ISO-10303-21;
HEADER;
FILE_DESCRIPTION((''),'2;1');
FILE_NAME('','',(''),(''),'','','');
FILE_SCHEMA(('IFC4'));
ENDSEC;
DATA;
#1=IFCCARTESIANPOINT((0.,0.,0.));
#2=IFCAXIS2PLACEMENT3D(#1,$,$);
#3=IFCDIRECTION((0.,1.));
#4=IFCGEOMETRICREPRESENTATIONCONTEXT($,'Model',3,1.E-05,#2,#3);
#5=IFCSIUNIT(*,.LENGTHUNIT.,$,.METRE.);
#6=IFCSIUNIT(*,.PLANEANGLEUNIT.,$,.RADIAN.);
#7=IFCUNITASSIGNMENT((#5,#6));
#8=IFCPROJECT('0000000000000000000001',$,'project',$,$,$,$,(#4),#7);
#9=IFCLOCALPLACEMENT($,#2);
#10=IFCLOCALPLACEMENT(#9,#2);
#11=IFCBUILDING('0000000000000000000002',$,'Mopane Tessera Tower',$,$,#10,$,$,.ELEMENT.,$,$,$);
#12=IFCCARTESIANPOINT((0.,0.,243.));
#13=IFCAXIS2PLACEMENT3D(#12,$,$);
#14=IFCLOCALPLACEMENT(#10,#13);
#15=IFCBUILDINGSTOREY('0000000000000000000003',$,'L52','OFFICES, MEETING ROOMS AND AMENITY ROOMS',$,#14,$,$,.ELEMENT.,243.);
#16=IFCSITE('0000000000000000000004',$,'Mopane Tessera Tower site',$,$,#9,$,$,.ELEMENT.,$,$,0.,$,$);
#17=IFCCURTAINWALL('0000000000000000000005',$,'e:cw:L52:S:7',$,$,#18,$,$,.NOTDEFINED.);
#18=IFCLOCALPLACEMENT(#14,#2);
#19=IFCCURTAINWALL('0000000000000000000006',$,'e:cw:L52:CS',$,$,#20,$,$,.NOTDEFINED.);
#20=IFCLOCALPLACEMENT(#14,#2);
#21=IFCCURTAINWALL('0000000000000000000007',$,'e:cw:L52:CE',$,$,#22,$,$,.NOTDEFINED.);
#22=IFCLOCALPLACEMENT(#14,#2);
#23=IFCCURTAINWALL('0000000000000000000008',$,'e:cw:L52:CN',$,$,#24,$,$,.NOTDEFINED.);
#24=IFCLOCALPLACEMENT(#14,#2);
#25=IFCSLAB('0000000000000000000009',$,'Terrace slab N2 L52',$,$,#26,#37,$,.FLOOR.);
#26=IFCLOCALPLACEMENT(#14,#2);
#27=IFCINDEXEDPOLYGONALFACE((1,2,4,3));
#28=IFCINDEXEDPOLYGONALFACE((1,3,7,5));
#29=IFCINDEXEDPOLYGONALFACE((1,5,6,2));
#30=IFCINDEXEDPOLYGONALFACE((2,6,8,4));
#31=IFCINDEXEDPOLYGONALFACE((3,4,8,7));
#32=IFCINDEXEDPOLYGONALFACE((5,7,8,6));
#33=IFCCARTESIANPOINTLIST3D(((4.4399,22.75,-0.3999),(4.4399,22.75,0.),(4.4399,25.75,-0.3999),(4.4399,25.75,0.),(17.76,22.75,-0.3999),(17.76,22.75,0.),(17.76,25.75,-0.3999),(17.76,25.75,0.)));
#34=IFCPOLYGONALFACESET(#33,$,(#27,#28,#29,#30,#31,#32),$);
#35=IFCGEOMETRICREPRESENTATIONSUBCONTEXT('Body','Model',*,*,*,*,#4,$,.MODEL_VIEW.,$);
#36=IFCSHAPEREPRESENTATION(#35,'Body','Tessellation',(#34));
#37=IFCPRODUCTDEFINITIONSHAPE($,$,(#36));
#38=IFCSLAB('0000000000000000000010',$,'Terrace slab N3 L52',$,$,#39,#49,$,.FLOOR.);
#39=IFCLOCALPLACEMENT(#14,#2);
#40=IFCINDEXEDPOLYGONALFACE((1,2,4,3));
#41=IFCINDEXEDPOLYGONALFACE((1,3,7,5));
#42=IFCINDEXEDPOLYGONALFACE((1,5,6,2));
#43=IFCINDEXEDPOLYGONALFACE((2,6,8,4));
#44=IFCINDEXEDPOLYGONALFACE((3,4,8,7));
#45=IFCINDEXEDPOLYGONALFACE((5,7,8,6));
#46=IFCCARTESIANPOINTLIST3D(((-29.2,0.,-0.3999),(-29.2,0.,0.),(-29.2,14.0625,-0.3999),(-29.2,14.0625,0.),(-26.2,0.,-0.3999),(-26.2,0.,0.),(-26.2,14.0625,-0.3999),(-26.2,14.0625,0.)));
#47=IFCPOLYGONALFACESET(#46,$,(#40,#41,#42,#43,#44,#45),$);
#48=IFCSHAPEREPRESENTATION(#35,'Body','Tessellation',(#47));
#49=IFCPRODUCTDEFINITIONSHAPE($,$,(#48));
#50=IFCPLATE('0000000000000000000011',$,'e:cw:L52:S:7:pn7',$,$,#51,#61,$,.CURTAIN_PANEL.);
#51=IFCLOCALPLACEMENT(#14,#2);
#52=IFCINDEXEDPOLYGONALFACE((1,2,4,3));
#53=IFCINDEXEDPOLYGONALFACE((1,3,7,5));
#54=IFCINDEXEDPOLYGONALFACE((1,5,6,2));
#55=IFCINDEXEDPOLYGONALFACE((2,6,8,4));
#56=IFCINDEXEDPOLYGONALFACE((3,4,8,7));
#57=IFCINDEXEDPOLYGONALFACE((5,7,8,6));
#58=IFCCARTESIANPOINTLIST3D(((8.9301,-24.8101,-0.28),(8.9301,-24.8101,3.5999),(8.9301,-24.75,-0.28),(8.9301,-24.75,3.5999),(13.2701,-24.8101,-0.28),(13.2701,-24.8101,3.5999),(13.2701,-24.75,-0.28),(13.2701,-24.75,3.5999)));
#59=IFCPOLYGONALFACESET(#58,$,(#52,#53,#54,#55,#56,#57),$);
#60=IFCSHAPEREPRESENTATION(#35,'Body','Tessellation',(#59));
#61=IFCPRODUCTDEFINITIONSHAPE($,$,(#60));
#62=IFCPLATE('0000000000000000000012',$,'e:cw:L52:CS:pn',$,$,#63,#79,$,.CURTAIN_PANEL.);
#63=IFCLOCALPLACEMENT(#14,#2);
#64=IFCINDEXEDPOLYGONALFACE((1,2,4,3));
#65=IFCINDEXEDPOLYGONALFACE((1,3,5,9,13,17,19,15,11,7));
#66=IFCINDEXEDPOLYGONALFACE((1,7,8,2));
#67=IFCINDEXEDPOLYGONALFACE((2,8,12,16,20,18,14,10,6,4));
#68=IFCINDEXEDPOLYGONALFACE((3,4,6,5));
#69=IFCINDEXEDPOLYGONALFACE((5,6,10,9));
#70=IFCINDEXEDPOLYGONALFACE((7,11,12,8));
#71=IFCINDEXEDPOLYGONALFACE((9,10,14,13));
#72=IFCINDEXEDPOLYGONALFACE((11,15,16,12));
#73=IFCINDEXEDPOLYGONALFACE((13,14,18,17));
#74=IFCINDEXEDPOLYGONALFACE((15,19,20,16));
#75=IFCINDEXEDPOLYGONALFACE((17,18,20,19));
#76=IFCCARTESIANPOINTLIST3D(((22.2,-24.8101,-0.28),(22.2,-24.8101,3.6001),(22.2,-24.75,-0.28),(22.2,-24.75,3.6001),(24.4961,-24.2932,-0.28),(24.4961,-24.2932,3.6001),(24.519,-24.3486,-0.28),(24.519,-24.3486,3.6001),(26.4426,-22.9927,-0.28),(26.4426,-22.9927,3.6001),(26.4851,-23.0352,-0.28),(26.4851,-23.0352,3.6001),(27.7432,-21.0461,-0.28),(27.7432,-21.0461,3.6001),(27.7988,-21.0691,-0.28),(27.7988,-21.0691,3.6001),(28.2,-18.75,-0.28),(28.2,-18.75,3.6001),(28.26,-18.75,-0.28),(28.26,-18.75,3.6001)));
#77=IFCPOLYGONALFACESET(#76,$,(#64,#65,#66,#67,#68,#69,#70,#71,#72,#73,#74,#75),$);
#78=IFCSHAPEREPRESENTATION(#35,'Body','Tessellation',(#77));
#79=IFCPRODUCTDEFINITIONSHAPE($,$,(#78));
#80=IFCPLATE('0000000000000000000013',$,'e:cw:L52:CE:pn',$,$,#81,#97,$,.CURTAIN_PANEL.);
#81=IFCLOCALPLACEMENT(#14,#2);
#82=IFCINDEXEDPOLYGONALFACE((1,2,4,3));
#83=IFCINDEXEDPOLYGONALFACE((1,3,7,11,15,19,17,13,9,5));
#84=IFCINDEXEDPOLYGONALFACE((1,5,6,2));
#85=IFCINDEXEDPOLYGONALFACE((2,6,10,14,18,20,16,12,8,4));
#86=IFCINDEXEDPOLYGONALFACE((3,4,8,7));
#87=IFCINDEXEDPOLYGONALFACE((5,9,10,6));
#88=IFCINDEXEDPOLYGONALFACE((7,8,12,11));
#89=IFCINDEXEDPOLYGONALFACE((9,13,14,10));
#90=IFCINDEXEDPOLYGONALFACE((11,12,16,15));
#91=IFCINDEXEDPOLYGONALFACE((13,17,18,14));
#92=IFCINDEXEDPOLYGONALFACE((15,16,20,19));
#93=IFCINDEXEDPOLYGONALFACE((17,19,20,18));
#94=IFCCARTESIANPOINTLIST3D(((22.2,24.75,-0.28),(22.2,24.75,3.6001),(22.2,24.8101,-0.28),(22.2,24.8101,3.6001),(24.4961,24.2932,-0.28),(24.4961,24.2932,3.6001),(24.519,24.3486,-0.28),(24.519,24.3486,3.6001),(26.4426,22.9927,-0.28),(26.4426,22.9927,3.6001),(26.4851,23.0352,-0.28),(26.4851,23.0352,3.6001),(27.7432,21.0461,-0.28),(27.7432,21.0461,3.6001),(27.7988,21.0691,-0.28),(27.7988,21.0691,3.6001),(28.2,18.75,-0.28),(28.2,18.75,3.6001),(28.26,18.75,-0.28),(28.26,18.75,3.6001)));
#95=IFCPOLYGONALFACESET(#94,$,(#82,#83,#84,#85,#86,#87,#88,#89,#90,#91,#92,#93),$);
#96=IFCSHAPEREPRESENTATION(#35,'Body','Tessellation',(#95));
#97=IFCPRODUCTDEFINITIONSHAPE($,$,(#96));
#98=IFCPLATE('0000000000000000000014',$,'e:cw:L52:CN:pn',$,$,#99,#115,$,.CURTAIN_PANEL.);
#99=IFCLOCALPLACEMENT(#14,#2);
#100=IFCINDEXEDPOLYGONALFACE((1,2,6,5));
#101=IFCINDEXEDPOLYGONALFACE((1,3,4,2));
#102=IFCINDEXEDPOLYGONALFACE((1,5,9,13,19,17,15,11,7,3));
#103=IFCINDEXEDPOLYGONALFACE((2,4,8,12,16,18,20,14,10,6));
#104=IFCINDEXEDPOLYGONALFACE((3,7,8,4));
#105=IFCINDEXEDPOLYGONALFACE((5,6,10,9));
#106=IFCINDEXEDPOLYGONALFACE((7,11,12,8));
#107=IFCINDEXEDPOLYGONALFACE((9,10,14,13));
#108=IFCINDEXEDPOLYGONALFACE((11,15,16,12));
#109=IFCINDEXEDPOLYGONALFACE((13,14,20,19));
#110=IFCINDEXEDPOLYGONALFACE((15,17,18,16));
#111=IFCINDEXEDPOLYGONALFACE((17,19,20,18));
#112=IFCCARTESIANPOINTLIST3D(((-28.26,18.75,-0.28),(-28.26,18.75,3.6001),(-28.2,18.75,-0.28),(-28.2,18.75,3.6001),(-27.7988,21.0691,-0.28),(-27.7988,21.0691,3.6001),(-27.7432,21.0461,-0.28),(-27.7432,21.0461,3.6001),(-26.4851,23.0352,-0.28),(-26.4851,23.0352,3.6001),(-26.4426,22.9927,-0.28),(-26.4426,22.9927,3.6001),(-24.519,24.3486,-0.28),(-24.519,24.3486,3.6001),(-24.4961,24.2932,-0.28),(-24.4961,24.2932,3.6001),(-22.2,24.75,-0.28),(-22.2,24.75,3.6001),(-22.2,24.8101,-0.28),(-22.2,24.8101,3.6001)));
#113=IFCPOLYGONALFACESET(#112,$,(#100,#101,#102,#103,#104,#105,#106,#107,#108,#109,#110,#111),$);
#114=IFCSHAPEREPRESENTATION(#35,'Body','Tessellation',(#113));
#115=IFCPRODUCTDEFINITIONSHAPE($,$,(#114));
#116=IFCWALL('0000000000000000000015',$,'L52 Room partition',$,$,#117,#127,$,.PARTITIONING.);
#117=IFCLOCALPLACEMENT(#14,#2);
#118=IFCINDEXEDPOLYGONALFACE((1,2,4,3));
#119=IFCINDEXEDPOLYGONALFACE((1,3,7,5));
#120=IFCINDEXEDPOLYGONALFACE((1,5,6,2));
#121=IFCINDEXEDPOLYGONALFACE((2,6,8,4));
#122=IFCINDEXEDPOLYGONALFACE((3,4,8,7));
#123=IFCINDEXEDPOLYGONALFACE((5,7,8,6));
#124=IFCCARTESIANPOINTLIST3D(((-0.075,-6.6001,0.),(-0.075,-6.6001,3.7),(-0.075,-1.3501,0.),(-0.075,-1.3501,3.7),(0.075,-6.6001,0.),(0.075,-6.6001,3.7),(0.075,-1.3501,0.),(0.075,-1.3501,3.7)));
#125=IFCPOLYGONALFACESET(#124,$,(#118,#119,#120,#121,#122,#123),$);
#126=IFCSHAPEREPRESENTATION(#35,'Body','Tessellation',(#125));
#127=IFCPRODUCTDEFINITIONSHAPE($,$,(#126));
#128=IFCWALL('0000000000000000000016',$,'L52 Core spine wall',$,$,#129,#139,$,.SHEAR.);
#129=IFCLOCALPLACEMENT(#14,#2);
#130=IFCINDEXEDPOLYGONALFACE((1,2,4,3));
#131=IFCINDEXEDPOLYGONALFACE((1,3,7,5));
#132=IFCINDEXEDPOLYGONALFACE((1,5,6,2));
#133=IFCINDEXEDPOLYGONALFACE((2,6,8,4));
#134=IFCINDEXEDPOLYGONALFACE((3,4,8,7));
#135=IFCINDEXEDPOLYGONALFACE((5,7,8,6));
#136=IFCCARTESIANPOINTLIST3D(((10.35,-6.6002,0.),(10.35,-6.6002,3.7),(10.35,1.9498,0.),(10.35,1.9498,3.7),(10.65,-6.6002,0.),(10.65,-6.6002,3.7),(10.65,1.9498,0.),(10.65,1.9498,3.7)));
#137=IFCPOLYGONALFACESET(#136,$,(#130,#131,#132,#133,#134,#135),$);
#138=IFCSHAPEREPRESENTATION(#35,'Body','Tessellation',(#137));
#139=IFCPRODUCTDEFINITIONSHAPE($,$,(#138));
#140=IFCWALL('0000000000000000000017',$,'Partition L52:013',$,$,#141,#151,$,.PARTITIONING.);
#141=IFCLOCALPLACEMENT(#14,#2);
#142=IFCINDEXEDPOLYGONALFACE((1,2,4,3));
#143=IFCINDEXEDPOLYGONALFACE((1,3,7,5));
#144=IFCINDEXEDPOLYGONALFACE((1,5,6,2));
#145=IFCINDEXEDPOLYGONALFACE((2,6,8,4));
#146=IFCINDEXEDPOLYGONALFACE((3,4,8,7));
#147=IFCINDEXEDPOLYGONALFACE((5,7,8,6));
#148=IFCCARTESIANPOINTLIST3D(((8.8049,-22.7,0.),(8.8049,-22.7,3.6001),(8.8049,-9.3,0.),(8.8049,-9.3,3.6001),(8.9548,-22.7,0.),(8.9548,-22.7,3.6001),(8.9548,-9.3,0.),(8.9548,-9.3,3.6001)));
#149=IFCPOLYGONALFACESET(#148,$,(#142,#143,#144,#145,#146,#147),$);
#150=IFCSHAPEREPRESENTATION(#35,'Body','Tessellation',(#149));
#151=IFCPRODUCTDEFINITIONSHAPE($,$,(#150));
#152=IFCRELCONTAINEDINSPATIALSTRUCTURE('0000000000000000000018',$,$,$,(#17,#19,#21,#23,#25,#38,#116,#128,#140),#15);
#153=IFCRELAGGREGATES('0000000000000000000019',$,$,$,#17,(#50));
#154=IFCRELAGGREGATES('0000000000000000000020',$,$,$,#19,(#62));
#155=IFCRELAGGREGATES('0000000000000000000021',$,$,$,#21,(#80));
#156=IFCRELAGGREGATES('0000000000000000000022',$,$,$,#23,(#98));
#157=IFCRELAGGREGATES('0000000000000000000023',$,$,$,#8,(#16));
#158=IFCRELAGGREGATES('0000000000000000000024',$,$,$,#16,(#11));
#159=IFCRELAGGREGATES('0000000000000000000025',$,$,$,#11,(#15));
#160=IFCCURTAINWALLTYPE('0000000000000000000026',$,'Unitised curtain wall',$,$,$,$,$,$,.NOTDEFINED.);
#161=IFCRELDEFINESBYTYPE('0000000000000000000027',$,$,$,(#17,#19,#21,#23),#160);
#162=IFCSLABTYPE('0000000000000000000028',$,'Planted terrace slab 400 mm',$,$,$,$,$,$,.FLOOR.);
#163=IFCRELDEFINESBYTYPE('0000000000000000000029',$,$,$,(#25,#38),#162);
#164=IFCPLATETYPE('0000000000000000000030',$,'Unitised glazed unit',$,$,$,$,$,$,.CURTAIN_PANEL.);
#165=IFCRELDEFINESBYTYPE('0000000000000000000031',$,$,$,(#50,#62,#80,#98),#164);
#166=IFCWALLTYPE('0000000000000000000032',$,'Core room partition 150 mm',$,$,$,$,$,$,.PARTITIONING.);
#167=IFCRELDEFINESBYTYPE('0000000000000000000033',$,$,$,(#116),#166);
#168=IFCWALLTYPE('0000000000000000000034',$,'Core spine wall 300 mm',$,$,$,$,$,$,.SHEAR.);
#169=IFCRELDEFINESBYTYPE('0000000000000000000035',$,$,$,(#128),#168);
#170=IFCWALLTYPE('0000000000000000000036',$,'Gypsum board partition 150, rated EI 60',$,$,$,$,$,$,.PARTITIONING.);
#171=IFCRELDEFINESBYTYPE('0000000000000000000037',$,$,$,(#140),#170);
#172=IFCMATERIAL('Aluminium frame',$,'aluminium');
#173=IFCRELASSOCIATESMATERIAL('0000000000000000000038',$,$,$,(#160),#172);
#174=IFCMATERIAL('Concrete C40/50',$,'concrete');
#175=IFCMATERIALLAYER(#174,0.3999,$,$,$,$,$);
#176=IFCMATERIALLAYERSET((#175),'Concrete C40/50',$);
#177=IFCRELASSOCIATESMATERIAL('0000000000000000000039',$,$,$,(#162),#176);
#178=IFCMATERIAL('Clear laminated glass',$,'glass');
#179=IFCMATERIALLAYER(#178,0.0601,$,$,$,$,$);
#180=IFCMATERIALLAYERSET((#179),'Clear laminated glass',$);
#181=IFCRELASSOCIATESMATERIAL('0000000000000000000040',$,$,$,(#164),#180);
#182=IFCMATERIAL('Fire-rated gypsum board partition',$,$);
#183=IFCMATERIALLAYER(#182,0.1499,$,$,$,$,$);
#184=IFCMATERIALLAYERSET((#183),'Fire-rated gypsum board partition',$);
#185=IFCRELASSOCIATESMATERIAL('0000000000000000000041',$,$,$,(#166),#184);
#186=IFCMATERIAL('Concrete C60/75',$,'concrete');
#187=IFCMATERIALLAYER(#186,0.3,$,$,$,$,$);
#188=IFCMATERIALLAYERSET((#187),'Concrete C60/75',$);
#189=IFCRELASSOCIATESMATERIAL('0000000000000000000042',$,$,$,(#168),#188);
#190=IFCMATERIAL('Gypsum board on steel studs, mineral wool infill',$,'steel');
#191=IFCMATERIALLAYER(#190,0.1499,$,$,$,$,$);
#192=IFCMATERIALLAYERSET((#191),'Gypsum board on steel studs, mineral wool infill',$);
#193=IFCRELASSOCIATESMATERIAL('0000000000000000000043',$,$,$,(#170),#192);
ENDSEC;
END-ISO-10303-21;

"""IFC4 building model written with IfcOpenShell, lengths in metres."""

from ifc_helpers import new_model, si_unit, direction, frame, frame_2d, origin, origin_2d, place, context, subcontext, project, spatial, polyline, rectangle, outline, extrude, material, layer, layer_set, type_object, element, aggregate, save


model = new_model("IFC4")

# Units and contexts
model_context = context("Model", 3, precision=1e-05, world=origin(), true_north=direction((0.0, 1.0)))
body_context = subcontext(model_context, "Body", "Model", "MODEL_VIEW")
ifc_project = project(units=[si_unit("LENGTHUNIT", "METRE"), si_unit("PLANEANGLEUNIT", "RADIAN")], contexts=[model_context])

# Site, building, storey
site_placement = place(None, origin())
site = spatial("IfcSite", under=ifc_project, at=site_placement, Name="Mopane Tessera Tower site", CompositionType="ELEMENT", RefElevation=0.0)
building_placement = place(site_placement, origin())
building = spatial("IfcBuilding", under=site, at=building_placement, Name="Mopane Tessera Tower", CompositionType="ELEMENT")
storey_placement = place(building_placement, frame((0.0, 0.0, 243.0)))
storey = spatial("IfcBuildingStorey", under=building, at=storey_placement, Name="L52", Description="OFFICES, MEETING ROOMS AND AMENITY ROOMS", CompositionType="ELEMENT", Elevation=243.0)

# Curtain wall
ifc_material_1 = material(Name="Aluminium frame", Category="aluminium")
curtain_wall_type = type_object("IfcCurtainWallType", Name="Unitised curtain wall", PredefinedType="NOTDEFINED", material=ifc_material_1)
curtain_wall_1_placement = place(storey_placement, origin())
curtain_wall_1 = element("IfcCurtainWall", 1, at=curtain_wall_1_placement, inside=storey, type_object=curtain_wall_type, Name="e:cw:L52:S:7", PredefinedType="NOTDEFINED")

# Curtain walls
curtain_wall_2_placement = place(storey_placement, origin())
curtain_wall_2 = element("IfcCurtainWall", 2, at=curtain_wall_2_placement, inside=storey, type_object=curtain_wall_type, Name="e:cw:L52:CS", PredefinedType="NOTDEFINED")
curtain_wall_3_placement = place(storey_placement, origin())
curtain_wall_3 = element("IfcCurtainWall", 3, at=curtain_wall_3_placement, inside=storey, type_object=curtain_wall_type, Name="e:cw:L52:CE", PredefinedType="NOTDEFINED")
curtain_wall_4_placement = place(storey_placement, origin())
curtain_wall_4 = element("IfcCurtainWall", 4, at=curtain_wall_4_placement, inside=storey, type_object=curtain_wall_type, Name="e:cw:L52:CN", PredefinedType="NOTDEFINED")

# Slabs
ifc_material_2 = material(Name="Concrete C40/50", Category="concrete")
ifc_layer_1 = layer(ifc_material_2, 0.3999)
ifc_layer_set_1 = layer_set([ifc_layer_1], Name="Concrete C40/50")
slab_type = type_object("IfcSlabType", Name="Planted terrace slab 400 mm", PredefinedType="FLOOR", material=ifc_layer_set_1)
slab_1_placement = place(storey_placement, frame((0.0, 0.0, -0.3999)))
element("IfcSlab", 5, at=slab_1_placement, inside=storey, type_object=slab_type, Name="Terrace slab N2 L52", PredefinedType="FLOOR", context=body_context, shape_type="SweptSolid", body=[
    extrude(outline(polyline([(4.4399, 25.75), (4.4399, 22.75), (17.76, 22.75), (17.76, 25.75), (4.4399, 25.75)])), origin(), (0.0, 0.0, 1.0), 0.3999),
])
slab_2_placement = place(storey_placement, frame((0.0, 0.0, -0.3999)))
element("IfcSlab", 6, at=slab_2_placement, inside=storey, type_object=slab_type, Name="Terrace slab N3 L52", PredefinedType="FLOOR", context=body_context, shape_type="SweptSolid", body=[
    extrude(outline(polyline([(-29.2, 0.0), (-26.2, 0.0), (-26.2, 14.0625), (-29.2, 14.0625), (-29.2, 0.0)])), origin(), (0.0, 0.0, 1.0), 0.3999),
])

# Plates
ifc_material_3 = material(Name="Clear laminated glass", Category="glass")
ifc_layer_2 = layer(ifc_material_3, 0.0601)
ifc_layer_set_2 = layer_set([ifc_layer_2], Name="Clear laminated glass")
plate_type = type_object("IfcPlateType", Name="Unitised glazed unit", PredefinedType="CURTAIN_PANEL", material=ifc_layer_set_2)
plate_1_placement = place(storey_placement, frame((11.1001, -24.78, -0.28), z_axis=(0.0, 0.0, 1.0), x_axis=(1.0, 0.0, 0.0)))
plate_1 = element("IfcPlate", 7, at=plate_1_placement, type_object=plate_type, Name="e:cw:L52:S:7:pn7", PredefinedType="CURTAIN_PANEL", context=body_context, shape_type="SweptSolid", body=[
    extrude(rectangle(XDim=4.3401, YDim=0.0601, at=origin_2d()), origin(), (0.0, 0.0, 1.0), 3.8799),
])
aggregate(curtain_wall_1, [plate_1])
plate_2_placement = place(storey_placement, frame((0.0, 0.0, -0.28)))
plate_2 = element("IfcPlate", 8, at=plate_2_placement, type_object=plate_type, Name="e:cw:L52:CS:pn", PredefinedType="CURTAIN_PANEL", context=body_context, shape_type="SweptSolid", body=[
    extrude(outline(polyline([(22.2, -24.75), (24.4961, -24.2932), (26.4426, -22.9927), (27.7432, -21.0461), (28.2, -18.75), (28.26, -18.75), (27.7988, -21.0691), (26.4851, -23.0352), (24.519, -24.3486), (22.2, -24.8101), (22.2, -24.75)])), origin(), (0.0, 0.0, 1.0), 3.8801),
])
aggregate(curtain_wall_2, [plate_2])
plate_3_placement = place(storey_placement, frame((0.0, 0.0, -0.28)))
plate_3 = element("IfcPlate", 9, at=plate_3_placement, type_object=plate_type, Name="e:cw:L52:CE:pn", PredefinedType="CURTAIN_PANEL", context=body_context, shape_type="SweptSolid", body=[
    extrude(outline(polyline([(28.2, 18.75), (27.7432, 21.0461), (26.4426, 22.9927), (24.4961, 24.2932), (22.2, 24.75), (22.2, 24.8101), (24.519, 24.3486), (26.4851, 23.0352), (27.7988, 21.0691), (28.26, 18.75), (28.2, 18.75)])), origin(), (0.0, 0.0, 1.0), 3.8801),
])
aggregate(curtain_wall_3, [plate_3])
plate_4_placement = place(storey_placement, frame((0.0, 0.0, -0.28)))
plate_4 = element("IfcPlate", 10, at=plate_4_placement, type_object=plate_type, Name="e:cw:L52:CN:pn", PredefinedType="CURTAIN_PANEL", context=body_context, shape_type="SweptSolid", body=[
    extrude(outline(polyline([(-22.2, 24.75), (-24.4961, 24.2932), (-26.4426, 22.9927), (-27.7432, 21.0461), (-28.2, 18.75), (-28.26, 18.75), (-27.7988, 21.0691), (-26.4851, 23.0352), (-24.519, 24.3486), (-22.2, 24.8101), (-22.2, 24.75)])), origin(), (0.0, 0.0, 1.0), 3.8801),
])
aggregate(curtain_wall_4, [plate_4])

# Walls
ifc_material_4 = material(Name="Fire-rated gypsum board partition")
ifc_layer_3 = layer(ifc_material_4, 0.1499)
ifc_layer_set_3 = layer_set([ifc_layer_3], Name="Fire-rated gypsum board partition")
wall_type_1 = type_object("IfcWallType", Name="Core room partition 150 mm", PredefinedType="PARTITIONING", material=ifc_layer_set_3)
wall_1_placement = place(storey_placement, frame((0.0, -6.6001, 0.0), z_axis=(0.0, 0.0, 1.0), x_axis=(0.0, 1.0, 0.0)))
element("IfcWall", 11, at=wall_1_placement, inside=storey, type_object=wall_type_1, Name="L52 Room partition", PredefinedType="PARTITIONING", context=body_context, shape_type="SweptSolid", body=[
    extrude(rectangle(XDim=5.25, YDim=0.1499, at=frame_2d((2.625, 0.0))), origin(), (0.0, 0.0, 1.0), 3.7),
])
ifc_material_5 = material(Name="Concrete C60/75", Category="concrete")
ifc_layer_4 = layer(ifc_material_5, 0.3)
ifc_layer_set_4 = layer_set([ifc_layer_4], Name="Concrete C60/75")
wall_type_2 = type_object("IfcWallType", Name="Core spine wall 300 mm", PredefinedType="SHEAR", material=ifc_layer_set_4)
wall_2_placement = place(storey_placement, frame((10.5, -6.6001, 0.0), z_axis=(0.0, 0.0, 1.0), x_axis=(0.0, 1.0, 0.0)))
element("IfcWall", 12, at=wall_2_placement, inside=storey, type_object=wall_type_2, Name="L52 Core spine wall", PredefinedType="SHEAR", context=body_context, shape_type="SweptSolid", body=[
    extrude(rectangle(XDim=8.55, YDim=0.3, at=frame_2d((4.2749, 0.0))), origin(), (0.0, 0.0, 1.0), 3.7),
])
ifc_material_6 = material(Name="Gypsum board on steel studs, mineral wool infill", Category="steel")
ifc_layer_5 = layer(ifc_material_6, 0.1499)
ifc_layer_set_5 = layer_set([ifc_layer_5], Name="Gypsum board on steel studs, mineral wool infill")
wall_type_3 = type_object("IfcWallType", Name="Gypsum board partition 150, rated EI 60", PredefinedType="PARTITIONING", material=ifc_layer_set_5)
wall_3_placement = place(storey_placement, frame((8.8799, -22.7, 0.0), z_axis=(0.0, 0.0, 1.0), x_axis=(0.0, 1.0, 0.0)))
element("IfcWall", 13, at=wall_3_placement, inside=storey, type_object=wall_type_3, Name="Partition L52:013", PredefinedType="PARTITIONING", context=body_context, shape_type="SweptSolid", body=[
    extrude(rectangle(XDim=13.3999, YDim=0.1499, at=frame_2d((6.7, 0.0))), origin(), (0.0, 0.0, 1.0), 3.6001),
])

save(model, "model.ifc")
